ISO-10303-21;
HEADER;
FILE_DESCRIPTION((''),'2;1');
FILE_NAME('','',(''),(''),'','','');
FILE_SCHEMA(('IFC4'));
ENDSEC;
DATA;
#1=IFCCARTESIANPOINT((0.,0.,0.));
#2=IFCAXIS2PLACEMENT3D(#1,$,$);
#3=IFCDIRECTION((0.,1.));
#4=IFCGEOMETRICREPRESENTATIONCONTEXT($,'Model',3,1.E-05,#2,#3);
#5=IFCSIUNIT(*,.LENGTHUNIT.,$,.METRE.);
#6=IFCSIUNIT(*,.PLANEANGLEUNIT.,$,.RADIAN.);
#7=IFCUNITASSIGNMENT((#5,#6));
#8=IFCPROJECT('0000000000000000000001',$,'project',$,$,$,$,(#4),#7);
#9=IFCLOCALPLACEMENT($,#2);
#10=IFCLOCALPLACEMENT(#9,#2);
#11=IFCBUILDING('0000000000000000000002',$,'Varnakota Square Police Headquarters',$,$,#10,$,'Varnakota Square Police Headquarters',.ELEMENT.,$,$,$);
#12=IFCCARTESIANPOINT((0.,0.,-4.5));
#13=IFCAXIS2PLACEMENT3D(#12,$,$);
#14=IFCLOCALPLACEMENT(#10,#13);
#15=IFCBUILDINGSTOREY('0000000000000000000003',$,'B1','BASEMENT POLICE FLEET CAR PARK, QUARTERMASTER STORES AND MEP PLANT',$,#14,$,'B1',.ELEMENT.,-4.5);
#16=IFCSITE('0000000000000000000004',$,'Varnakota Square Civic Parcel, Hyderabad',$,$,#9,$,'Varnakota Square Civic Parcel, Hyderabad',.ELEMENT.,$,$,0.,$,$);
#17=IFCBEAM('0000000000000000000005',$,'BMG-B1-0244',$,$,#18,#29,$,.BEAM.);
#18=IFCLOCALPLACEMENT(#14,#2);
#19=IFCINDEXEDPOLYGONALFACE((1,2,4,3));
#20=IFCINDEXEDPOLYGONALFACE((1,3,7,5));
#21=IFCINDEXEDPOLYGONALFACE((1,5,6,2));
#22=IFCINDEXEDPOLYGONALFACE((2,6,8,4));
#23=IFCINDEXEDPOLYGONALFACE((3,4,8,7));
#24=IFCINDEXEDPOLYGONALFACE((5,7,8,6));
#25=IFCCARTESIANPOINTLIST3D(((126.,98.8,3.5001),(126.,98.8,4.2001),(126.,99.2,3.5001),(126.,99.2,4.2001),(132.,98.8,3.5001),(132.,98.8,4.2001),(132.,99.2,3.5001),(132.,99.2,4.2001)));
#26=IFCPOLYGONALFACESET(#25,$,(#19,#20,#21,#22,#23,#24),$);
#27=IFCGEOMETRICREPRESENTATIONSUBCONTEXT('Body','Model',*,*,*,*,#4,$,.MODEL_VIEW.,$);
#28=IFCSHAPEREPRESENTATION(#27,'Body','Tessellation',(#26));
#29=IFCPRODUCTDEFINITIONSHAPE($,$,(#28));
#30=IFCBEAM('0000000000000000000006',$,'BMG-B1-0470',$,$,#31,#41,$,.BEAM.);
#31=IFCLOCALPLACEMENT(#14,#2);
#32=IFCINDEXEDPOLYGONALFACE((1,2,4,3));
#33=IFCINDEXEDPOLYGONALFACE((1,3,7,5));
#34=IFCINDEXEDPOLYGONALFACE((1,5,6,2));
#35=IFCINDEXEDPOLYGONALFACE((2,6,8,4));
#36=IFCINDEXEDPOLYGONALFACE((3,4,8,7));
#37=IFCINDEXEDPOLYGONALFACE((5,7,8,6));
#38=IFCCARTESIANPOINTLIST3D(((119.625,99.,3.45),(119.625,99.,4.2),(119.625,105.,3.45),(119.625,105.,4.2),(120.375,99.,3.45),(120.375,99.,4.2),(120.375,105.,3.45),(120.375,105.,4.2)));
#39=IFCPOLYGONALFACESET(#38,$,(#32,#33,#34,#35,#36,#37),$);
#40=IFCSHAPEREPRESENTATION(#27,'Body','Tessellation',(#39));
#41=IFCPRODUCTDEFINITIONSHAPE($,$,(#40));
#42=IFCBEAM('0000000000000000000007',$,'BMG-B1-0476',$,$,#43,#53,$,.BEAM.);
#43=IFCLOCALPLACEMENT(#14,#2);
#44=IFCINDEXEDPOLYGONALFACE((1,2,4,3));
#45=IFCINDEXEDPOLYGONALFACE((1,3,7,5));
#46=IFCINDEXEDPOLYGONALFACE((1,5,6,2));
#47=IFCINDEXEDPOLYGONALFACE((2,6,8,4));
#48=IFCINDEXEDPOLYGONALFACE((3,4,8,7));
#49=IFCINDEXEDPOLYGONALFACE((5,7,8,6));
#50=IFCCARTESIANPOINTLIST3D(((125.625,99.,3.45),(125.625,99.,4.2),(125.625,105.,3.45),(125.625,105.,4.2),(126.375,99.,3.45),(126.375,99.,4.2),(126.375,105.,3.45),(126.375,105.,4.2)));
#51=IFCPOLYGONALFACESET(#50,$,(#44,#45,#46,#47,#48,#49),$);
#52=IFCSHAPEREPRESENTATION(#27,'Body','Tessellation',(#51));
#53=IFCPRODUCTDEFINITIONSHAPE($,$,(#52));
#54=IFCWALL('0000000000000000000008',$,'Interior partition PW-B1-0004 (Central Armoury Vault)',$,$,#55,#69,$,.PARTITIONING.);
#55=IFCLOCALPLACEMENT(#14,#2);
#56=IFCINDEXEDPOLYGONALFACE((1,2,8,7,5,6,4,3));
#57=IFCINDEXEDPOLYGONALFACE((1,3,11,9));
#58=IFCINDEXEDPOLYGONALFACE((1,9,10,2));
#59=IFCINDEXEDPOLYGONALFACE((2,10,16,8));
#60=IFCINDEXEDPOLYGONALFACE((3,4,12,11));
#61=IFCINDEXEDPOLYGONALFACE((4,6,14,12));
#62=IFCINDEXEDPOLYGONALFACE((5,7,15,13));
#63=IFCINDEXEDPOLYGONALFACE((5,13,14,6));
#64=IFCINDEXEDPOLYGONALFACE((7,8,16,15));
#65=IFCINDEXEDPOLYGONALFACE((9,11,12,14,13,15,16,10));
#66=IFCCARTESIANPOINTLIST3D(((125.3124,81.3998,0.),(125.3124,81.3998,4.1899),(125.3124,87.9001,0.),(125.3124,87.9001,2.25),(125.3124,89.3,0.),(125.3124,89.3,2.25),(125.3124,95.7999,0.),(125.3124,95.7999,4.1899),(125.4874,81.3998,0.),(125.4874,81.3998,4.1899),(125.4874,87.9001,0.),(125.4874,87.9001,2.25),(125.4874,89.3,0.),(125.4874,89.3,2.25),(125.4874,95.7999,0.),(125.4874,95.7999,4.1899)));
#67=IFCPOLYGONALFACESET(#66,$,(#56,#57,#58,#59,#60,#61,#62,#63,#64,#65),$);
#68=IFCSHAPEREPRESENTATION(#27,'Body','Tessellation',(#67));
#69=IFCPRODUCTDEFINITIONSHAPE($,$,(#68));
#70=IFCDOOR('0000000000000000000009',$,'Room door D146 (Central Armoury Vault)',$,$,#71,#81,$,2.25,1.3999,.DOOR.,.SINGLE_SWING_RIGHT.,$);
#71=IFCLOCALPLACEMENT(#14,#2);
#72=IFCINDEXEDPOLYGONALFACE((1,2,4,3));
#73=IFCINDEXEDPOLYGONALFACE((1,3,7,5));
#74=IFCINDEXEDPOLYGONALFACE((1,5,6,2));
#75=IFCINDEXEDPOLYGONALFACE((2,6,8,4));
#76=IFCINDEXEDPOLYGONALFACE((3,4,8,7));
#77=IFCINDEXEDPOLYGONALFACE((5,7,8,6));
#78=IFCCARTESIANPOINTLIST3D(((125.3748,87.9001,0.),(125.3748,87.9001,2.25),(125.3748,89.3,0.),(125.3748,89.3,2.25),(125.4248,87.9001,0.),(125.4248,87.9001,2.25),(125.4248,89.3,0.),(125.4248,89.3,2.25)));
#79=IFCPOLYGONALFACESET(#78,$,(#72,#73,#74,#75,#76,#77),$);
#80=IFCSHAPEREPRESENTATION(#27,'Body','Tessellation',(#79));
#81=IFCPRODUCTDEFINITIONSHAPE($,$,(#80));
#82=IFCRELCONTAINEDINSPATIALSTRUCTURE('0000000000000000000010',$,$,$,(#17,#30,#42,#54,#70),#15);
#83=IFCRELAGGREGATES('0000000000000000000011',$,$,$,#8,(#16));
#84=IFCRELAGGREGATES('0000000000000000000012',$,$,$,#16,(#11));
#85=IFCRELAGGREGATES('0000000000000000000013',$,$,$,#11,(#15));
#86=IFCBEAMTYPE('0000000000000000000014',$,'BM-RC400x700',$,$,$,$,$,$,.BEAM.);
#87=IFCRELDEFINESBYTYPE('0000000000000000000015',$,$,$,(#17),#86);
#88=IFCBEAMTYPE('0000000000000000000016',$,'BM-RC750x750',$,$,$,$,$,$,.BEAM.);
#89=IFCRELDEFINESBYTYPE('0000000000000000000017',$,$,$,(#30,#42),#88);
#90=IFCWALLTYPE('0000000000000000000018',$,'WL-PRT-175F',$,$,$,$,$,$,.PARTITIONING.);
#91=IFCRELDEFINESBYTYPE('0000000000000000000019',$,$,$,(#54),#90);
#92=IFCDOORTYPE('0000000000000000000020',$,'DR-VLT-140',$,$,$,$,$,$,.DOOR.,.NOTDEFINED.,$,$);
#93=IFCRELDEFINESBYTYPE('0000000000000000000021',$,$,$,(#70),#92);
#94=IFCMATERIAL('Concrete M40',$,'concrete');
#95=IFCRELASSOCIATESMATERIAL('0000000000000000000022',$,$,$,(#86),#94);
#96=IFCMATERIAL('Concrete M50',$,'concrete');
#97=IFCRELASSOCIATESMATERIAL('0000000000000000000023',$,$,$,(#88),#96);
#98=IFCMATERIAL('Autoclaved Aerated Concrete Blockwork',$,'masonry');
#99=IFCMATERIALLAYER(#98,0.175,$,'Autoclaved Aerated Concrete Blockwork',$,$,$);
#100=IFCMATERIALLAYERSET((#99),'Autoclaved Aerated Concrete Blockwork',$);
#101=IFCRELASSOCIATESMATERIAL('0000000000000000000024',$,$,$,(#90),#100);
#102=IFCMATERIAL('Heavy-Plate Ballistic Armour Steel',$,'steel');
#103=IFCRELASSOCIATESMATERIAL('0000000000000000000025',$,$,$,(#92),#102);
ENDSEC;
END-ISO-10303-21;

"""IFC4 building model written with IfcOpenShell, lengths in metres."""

from ifc_helpers import new_model, si_unit, direction, frame, frame_2d, origin, origin_2d, place, context, subcontext, project, spatial, rectangle, extrude, material, layer, layer_set, material_profile, profile_set, type_object, element, fill, save


model = new_model("IFC4")

# Units and contexts
model_context = context("Model", 3, precision=1e-05, world=origin(), true_north=direction((0.0, 1.0)))
body_context = subcontext(model_context, "Body", "Model", "MODEL_VIEW")
ifc_project = project(units=[si_unit("LENGTHUNIT", "METRE"), si_unit("PLANEANGLEUNIT", "RADIAN")], contexts=[model_context])

# Site, building, storey
site_placement = place(None, origin())
site = spatial("IfcSite", under=ifc_project, at=site_placement, Name="Varnakota Square Civic Parcel, Hyderabad", LongName="Varnakota Square Civic Parcel, Hyderabad", CompositionType="ELEMENT", RefElevation=0.0)
building_placement = place(site_placement, origin())
building = spatial("IfcBuilding", under=site, at=building_placement, Name="Varnakota Square Police Headquarters", LongName="Varnakota Square Police Headquarters", CompositionType="ELEMENT")
storey_placement = place(building_placement, frame((0.0, 0.0, -4.5)))
storey = spatial("IfcBuildingStorey", under=building, at=storey_placement, Name="B1", Description="BASEMENT POLICE FLEET CAR PARK, QUARTERMASTER STORES AND MEP PLANT", LongName="B1", CompositionType="ELEMENT", Elevation=-4.5)

# Shared definitions
ifc_material_1 = material(Name="Concrete M40", Category="concrete")

# Shared definitions
ifc_material_2 = material(Name="Concrete M50", Category="concrete")

# Beams
ifc_material_profile_1 = material_profile(ifc_material_1, rectangle(XDim=0.3999, YDim=0.7, at=origin_2d()), Name="RC 400x700")
ifc_profile_set_1 = profile_set([ifc_material_profile_1], Name="Concrete M40")
beam_type_1 = type_object("IfcBeamType", Name="BM-RC400x700", PredefinedType="BEAM", material=ifc_profile_set_1)
for number, where, z_axis, x_axis, name in (
    (1, (126.0, 99.0, 3.8501), (1.0, 0.0, 0.0), (0.0, 1.0, 0.0), "BMG-B1-0244"),
):
    element("IfcBeam", number, at=place(storey_placement, frame(where, z_axis=z_axis, x_axis=x_axis)), inside=storey, type_object=beam_type_1, Name=name, PredefinedType="BEAM", context=body_context, shape_type="SweptSolid", body=[
        extrude(rectangle(XDim=0.3999, YDim=0.7, at=origin_2d()), origin(), (0.0, 0.0, 1.0), 6.0),
    ])
ifc_material_profile_2 = material_profile(ifc_material_2, rectangle(XDim=0.75, YDim=0.75, at=origin_2d()), Name="RC 750x750")
ifc_profile_set_2 = profile_set([ifc_material_profile_2], Name="Concrete M50")
beam_type_2 = type_object("IfcBeamType", Name="BM-RC750x750", PredefinedType="BEAM", material=ifc_profile_set_2)
for number, where, z_axis, x_axis, name in (
    (2, (120.0, 99.0, 3.825), (0.0, 1.0, 0.0), (-1.0, 0.0, 0.0), "BMG-B1-0470"),
    (3, (126.0, 99.0, 3.825), (0.0, 1.0, 0.0), (-1.0, 0.0, 0.0), "BMG-B1-0476"),
):
    element("IfcBeam", number, at=place(storey_placement, frame(where, z_axis=z_axis, x_axis=x_axis)), inside=storey, type_object=beam_type_2, Name=name, PredefinedType="BEAM", context=body_context, shape_type="SweptSolid", body=[
        extrude(rectangle(XDim=0.75, YDim=0.75, at=origin_2d()), origin(), (0.0, 0.0, 1.0), 6.0),
    ])

# Wall, opening, door
ifc_material_3 = material(Name="Autoclaved Aerated Concrete Blockwork", Category="masonry")
ifc_layer = layer(ifc_material_3, 0.175, Name="Autoclaved Aerated Concrete Blockwork")
ifc_layer_set = layer_set([ifc_layer], Name="Autoclaved Aerated Concrete Blockwork")
wall_type = type_object("IfcWallType", Name="WL-PRT-175F", PredefinedType="PARTITIONING", material=ifc_layer_set)
wall_placement = place(storey_placement, frame((125.3999, 95.8, 0.0), z_axis=(0.0, 0.0, 1.0), x_axis=(0.0, -1.0, 0.0)))
wall = element("IfcWall", 4, at=wall_placement, inside=storey, type_object=wall_type, Name="Interior partition PW-B1-0004 (Central Armoury Vault)", PredefinedType="PARTITIONING", context=body_context, shape_type="SweptSolid", body=[
    extrude(rectangle(XDim=14.4001, YDim=0.175, at=frame_2d((7.2002, 0.0))), origin(), (0.0, 0.0, 1.0), 4.1899),
])
opening_placement = place(wall_placement, frame((6.5, 0.0, 0.0)))
opening = element("IfcOpeningElement", 5, at=opening_placement, cuts=wall, PredefinedType="OPENING", context=body_context, shape_type="SweptSolid", body=[
    extrude(rectangle(XDim=1.3999, YDim=2.25, at=frame_2d((0.7, 1.125))), frame((0.0, 0.0974, 0.0), z_axis=(0.0, -1.0, 0.0), x_axis=(1.0, 0.0, 0.0)), (0.0, 0.0, 1.0), 0.1951),
])
ifc_material_4 = material(Name="Heavy-Plate Ballistic Armour Steel", Category="steel")
door_type = type_object("IfcDoorType", Name="DR-VLT-140", OperationType="NOTDEFINED", PredefinedType="DOOR", material=ifc_material_4)
door_placement = place(opening_placement, origin())
door = element("IfcDoor", 6, at=door_placement, inside=storey, type_object=door_type, Name="Room door D146 (Central Armoury Vault)", OperationType="SINGLE_SWING_RIGHT", OverallHeight=2.25, OverallWidth=1.3999, PredefinedType="DOOR", context=body_context, shape_type="SweptSolid", body=[
    extrude(rectangle(XDim=1.3999, YDim=2.25, at=frame_2d((0.7, 1.125))), frame((0.0, 0.0249, 0.0), z_axis=(0.0, -1.0, 0.0), x_axis=(1.0, 0.0, 0.0)), (0.0, 0.0, 1.0), 0.05),
])
fill(opening, door)

save(model, "model.ifc")
